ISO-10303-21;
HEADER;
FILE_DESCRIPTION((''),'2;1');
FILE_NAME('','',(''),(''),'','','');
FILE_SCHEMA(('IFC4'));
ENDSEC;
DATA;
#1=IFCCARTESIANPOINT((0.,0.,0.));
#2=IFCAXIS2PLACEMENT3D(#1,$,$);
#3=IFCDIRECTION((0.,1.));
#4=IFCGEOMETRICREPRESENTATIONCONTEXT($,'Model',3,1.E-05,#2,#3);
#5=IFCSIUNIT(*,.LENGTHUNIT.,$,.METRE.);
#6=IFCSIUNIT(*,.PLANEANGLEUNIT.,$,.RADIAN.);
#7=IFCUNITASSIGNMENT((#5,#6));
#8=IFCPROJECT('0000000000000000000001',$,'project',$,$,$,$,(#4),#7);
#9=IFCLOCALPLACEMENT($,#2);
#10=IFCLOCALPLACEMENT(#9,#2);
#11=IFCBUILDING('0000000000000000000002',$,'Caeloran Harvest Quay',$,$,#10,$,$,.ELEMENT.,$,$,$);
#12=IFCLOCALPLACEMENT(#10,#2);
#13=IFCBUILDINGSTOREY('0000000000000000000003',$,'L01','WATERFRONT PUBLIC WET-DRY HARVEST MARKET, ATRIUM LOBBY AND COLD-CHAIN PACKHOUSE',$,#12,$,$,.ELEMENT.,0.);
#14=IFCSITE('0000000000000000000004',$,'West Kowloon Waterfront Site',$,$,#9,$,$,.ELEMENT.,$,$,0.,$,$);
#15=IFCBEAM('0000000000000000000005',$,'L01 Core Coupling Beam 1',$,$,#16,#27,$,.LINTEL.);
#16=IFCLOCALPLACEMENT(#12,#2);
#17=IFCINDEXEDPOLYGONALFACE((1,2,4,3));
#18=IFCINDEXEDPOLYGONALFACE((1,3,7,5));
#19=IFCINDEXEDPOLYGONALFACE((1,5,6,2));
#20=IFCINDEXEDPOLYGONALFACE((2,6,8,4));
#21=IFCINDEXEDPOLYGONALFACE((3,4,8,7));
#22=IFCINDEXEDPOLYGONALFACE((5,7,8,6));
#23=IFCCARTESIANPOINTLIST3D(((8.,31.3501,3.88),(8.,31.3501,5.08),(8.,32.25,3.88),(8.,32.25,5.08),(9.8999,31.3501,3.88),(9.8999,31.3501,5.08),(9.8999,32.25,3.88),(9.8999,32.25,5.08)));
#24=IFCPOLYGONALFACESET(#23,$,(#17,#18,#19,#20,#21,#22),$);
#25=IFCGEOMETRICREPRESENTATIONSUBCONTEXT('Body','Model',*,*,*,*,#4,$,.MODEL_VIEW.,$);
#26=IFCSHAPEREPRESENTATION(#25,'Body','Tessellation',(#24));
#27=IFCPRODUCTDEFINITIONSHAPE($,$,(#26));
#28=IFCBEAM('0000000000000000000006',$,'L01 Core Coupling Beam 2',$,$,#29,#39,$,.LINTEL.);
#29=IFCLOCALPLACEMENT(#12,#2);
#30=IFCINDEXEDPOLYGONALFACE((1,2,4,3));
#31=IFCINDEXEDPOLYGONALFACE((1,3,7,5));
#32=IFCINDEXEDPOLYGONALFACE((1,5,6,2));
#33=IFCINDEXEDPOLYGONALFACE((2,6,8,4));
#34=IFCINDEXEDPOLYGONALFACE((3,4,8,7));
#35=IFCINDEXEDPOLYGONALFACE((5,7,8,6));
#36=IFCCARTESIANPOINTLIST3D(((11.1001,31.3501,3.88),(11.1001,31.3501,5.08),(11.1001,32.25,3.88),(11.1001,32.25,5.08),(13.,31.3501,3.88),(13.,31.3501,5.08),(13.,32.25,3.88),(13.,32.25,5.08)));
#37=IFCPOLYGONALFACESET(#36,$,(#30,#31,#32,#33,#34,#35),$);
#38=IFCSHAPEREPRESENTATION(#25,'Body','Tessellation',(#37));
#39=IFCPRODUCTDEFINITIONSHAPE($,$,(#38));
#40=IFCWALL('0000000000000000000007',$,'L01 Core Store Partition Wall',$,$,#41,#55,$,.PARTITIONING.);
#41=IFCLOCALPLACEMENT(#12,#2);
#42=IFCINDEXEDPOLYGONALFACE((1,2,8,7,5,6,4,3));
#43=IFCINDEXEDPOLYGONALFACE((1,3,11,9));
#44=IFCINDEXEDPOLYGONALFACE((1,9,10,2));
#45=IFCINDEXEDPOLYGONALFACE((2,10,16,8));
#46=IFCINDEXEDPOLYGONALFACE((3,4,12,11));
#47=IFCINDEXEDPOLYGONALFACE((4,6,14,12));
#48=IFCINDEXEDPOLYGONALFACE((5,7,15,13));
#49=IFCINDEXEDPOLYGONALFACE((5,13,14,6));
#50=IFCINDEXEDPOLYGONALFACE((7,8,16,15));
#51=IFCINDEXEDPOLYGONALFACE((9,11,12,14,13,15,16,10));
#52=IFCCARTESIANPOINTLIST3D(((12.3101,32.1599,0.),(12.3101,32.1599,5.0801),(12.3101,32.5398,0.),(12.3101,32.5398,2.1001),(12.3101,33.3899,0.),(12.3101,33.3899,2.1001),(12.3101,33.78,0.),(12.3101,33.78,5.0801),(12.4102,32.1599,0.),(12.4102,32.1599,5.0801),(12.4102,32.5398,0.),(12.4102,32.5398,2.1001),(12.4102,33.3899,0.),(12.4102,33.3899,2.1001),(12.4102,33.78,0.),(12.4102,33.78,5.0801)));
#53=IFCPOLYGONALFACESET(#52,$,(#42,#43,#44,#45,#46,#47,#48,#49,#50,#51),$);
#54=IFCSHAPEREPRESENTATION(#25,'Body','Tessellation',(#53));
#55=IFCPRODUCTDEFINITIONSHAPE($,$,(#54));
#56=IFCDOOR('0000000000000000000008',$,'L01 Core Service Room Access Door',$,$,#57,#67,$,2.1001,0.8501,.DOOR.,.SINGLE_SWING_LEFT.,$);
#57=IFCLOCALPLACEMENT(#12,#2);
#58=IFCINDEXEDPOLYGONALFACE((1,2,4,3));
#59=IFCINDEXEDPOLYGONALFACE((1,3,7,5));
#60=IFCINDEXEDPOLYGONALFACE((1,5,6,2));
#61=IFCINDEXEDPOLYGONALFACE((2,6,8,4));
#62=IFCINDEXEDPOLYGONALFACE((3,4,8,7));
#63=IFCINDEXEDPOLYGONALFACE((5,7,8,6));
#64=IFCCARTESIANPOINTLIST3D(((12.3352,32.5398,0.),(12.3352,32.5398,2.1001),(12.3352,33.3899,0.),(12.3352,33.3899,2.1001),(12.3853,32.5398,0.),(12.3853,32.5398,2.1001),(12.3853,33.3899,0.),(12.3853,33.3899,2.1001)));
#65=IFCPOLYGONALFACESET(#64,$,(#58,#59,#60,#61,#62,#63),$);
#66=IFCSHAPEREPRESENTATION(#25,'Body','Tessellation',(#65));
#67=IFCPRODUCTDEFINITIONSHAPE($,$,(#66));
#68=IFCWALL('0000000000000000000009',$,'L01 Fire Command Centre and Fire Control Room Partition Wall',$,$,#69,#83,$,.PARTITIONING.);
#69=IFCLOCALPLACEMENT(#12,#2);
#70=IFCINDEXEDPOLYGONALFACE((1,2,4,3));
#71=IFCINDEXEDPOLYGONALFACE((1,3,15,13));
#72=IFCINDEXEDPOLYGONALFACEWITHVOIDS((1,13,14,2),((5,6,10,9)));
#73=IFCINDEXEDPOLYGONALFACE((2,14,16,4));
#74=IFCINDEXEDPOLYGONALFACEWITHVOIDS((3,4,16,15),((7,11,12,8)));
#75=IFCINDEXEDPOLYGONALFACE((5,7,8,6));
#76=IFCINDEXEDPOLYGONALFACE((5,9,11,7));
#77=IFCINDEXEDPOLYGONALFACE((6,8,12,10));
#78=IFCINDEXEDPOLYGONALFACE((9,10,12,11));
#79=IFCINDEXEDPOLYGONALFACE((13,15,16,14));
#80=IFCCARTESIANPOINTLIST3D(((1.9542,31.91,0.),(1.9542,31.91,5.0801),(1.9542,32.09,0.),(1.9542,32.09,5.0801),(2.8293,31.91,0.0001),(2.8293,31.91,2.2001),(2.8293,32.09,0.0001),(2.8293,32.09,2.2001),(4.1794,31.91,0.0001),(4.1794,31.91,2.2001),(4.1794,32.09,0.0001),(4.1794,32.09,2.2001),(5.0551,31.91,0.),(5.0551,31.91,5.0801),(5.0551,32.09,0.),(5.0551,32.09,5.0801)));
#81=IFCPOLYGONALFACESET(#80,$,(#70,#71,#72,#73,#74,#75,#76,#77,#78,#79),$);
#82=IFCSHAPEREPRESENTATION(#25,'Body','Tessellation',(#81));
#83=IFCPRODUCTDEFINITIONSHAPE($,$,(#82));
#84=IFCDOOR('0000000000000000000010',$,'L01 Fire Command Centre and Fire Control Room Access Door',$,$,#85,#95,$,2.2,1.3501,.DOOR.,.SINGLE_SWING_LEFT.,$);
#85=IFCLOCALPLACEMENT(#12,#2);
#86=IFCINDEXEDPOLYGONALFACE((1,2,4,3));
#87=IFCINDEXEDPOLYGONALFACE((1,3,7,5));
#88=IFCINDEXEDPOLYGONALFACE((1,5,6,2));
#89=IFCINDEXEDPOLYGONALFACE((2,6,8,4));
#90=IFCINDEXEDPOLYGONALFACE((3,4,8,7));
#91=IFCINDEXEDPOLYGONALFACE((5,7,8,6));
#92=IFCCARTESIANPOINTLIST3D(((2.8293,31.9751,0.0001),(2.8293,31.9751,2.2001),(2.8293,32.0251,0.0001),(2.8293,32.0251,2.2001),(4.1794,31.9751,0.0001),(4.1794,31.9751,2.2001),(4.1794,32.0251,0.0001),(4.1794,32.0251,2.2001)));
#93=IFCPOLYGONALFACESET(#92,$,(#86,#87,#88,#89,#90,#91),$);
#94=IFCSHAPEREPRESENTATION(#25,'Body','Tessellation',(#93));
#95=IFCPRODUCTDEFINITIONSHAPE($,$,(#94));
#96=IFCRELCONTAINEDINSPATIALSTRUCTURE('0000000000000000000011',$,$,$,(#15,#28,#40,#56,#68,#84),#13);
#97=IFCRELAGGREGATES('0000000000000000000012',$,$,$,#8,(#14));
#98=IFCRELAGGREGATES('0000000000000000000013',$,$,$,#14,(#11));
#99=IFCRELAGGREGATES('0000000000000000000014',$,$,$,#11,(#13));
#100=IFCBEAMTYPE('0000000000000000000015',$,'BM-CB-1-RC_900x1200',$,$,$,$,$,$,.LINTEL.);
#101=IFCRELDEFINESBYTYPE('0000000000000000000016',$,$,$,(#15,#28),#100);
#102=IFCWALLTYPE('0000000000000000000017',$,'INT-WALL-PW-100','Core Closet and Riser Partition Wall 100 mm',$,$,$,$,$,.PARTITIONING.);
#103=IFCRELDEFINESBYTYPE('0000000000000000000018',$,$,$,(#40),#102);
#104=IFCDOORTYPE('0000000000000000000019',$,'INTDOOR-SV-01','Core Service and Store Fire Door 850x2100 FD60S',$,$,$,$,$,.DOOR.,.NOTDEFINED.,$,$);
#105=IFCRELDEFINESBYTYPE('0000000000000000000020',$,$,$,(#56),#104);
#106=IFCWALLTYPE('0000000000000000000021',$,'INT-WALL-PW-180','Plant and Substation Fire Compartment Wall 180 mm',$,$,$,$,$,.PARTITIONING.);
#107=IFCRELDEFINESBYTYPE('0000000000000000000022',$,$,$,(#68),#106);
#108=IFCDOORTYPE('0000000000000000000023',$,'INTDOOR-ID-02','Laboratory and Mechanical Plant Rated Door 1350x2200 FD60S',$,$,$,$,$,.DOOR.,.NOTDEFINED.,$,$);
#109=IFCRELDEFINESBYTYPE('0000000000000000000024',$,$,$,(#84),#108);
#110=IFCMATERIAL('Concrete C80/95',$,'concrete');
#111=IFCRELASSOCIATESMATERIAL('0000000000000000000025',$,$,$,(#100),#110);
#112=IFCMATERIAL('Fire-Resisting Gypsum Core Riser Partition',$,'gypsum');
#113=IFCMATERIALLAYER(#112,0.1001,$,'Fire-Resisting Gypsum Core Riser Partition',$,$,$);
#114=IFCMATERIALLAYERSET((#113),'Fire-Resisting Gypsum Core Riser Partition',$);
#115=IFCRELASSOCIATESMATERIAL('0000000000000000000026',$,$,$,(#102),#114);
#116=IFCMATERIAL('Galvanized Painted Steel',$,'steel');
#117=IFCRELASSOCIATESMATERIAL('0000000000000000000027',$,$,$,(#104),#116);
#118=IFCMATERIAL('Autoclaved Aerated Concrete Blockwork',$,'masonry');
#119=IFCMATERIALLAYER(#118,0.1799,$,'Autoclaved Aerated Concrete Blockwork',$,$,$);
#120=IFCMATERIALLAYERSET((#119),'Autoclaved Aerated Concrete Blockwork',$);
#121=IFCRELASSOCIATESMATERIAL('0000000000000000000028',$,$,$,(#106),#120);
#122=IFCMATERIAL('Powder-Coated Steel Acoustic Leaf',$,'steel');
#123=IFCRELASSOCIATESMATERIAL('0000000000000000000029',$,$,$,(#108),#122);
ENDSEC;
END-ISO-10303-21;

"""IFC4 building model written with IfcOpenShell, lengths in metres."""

from ifc_helpers import new_model, si_unit, direction, frame, frame_2d, origin, origin_2d, place, context, subcontext, project, spatial, rectangle, extrude, material, layer, layer_set, material_profile, profile_set, type_object, element, fill, save


model = new_model("IFC4")

# Units and contexts
model_context = context("Model", 3, precision=1e-05, world=origin(), true_north=direction((0.0, 1.0)))
body_context = subcontext(model_context, "Body", "Model", "MODEL_VIEW")
ifc_project = project(units=[si_unit("LENGTHUNIT", "METRE"), si_unit("PLANEANGLEUNIT", "RADIAN")], contexts=[model_context])

# Site, building, storey
site_placement = place(None, origin())
site = spatial("IfcSite", under=ifc_project, at=site_placement, Name="West Kowloon Waterfront Site", CompositionType="ELEMENT", RefElevation=0.0)
building_placement = place(site_placement, origin())
building = spatial("IfcBuilding", under=site, at=building_placement, Name="Caeloran Harvest Quay", CompositionType="ELEMENT")
storey_placement = place(building_placement, origin())
storey = spatial("IfcBuildingStorey", under=building, at=storey_placement, Name="L01", Description="WATERFRONT PUBLIC WET-DRY HARVEST MARKET, ATRIUM LOBBY AND COLD-CHAIN PACKHOUSE", CompositionType="ELEMENT", Elevation=0.0)

# Beams
ifc_material_1 = material(Name="Concrete C80/95", Category="concrete")
ifc_material_profile = material_profile(ifc_material_1, rectangle(XDim=0.8999, YDim=1.2, at=origin_2d()), Name="RC 900x1200")
ifc_profile_set = profile_set([ifc_material_profile], Name="Concrete C80/95")
beam_type = type_object("IfcBeamType", Name="BM-CB-1-RC_900x1200", PredefinedType="LINTEL", material=ifc_profile_set)
for number, where, z_axis, x_axis, name in (
    (1, (8.0, 31.8, 4.48), (1.0, 0.0, 0.0), (0.0, 1.0, 0.0), "L01 Core Coupling Beam 1"),
    (2, (11.1001, 31.8, 4.48), (1.0, 0.0, 0.0), (0.0, 1.0, 0.0), "L01 Core Coupling Beam 2"),
):
    element("IfcBeam", number, at=place(storey_placement, frame(where, z_axis=z_axis, x_axis=x_axis)), inside=storey, type_object=beam_type, Name=name, PredefinedType="LINTEL", context=body_context, shape_type="SweptSolid", body=[
        extrude(rectangle(XDim=0.8999, YDim=1.2, at=origin_2d()), origin(), (0.0, 0.0, 1.0), 1.8999),
    ])

# Walls, openings, doors
ifc_material_2 = material(Name="Fire-Resisting Gypsum Core Riser Partition", Category="gypsum")
ifc_layer_1 = layer(ifc_material_2, 0.1001, Name="Fire-Resisting Gypsum Core Riser Partition")
ifc_layer_set_1 = layer_set([ifc_layer_1], Name="Fire-Resisting Gypsum Core Riser Partition")
wall_type_1 = type_object("IfcWallType", Name="INT-WALL-PW-100", Description="Core Closet and Riser Partition Wall 100 mm", PredefinedType="PARTITIONING", material=ifc_layer_set_1)
wall_1_placement = place(storey_placement, frame((12.3601, 32.1599, 0.0), z_axis=(0.0, 0.0, 1.0), x_axis=(0.0, 1.0, 0.0)))
wall_1 = element("IfcWall", 3, at=wall_1_placement, inside=storey, type_object=wall_type_1, Name="L01 Core Store Partition Wall", PredefinedType="PARTITIONING", context=body_context, shape_type="SweptSolid", body=[
    extrude(rectangle(XDim=1.6201, YDim=0.1001, at=frame_2d((0.8101, 0.0))), origin(), (0.0, 0.0, 1.0), 5.0801),
])
opening_1_placement = place(wall_1_placement, frame((0.3799, 0.0, 0.0)))
opening_1 = element("IfcOpeningElement", 4, at=opening_1_placement, cuts=wall_1, PredefinedType="OPENING", context=body_context, shape_type="SweptSolid", body=[
    extrude(rectangle(XDim=0.8501, YDim=2.1001, at=frame_2d((0.425, 1.05))), frame((0.0, 0.0601, 0.0), z_axis=(0.0, -1.0, 0.0), x_axis=(1.0, 0.0, 0.0)), (0.0, 0.0, 1.0), 0.1201),
])
ifc_material_3 = material(Name="Galvanized Painted Steel", Category="steel")
door_type_1 = type_object("IfcDoorType", Name="INTDOOR-SV-01", Description="Core Service and Store Fire Door 850x2100 FD60S", OperationType="NOTDEFINED", PredefinedType="DOOR", material=ifc_material_3)
door_1_placement = place(opening_1_placement, origin())
door_1 = element("IfcDoor", 5, at=door_1_placement, inside=storey, type_object=door_type_1, Name="L01 Core Service Room Access Door", OperationType="SINGLE_SWING_LEFT", OverallHeight=2.1001, OverallWidth=0.8501, PredefinedType="DOOR", context=body_context, shape_type="SweptSolid", body=[
    extrude(rectangle(XDim=0.8501, YDim=2.1001, at=frame_2d((0.425, 1.05))), frame((0.0, 0.0249, 0.0), z_axis=(0.0, -1.0, 0.0), x_axis=(1.0, 0.0, 0.0)), (0.0, 0.0, 1.0), 0.05),
])
fill(opening_1, door_1)
ifc_material_4 = material(Name="Autoclaved Aerated Concrete Blockwork", Category="masonry")
ifc_layer_2 = layer(ifc_material_4, 0.1799, Name="Autoclaved Aerated Concrete Blockwork")
ifc_layer_set_2 = layer_set([ifc_layer_2], Name="Autoclaved Aerated Concrete Blockwork")
wall_type_2 = type_object("IfcWallType", Name="INT-WALL-PW-180", Description="Plant and Substation Fire Compartment Wall 180 mm", PredefinedType="PARTITIONING", material=ifc_layer_set_2)
wall_2_placement = place(storey_placement, frame((5.0549, 32.0, 0.0), z_axis=(0.0, 0.0, 1.0), x_axis=(-1.0, 0.0, 0.0)))
wall_2 = element("IfcWall", 6, at=wall_2_placement, inside=storey, type_object=wall_type_2, Name="L01 Fire Command Centre and Fire Control Room Partition Wall", PredefinedType="PARTITIONING", context=body_context, shape_type="SweptSolid", body=[
    extrude(rectangle(XDim=3.1008, YDim=0.1799, at=frame_2d((1.5503, 0.0))), origin(), (0.0, 0.0, 1.0), 5.0801),
])
opening_2_placement = place(wall_2_placement, frame((0.8755, 0.0, 0.0)))
opening_2 = element("IfcOpeningElement", 7, at=opening_2_placement, cuts=wall_2, PredefinedType="OPENING", context=body_context, shape_type="SweptSolid", body=[
    extrude(rectangle(XDim=1.3501, YDim=2.2, at=frame_2d((0.675, 1.1001))), frame((0.0, 0.1001, 0.0), z_axis=(0.0, -1.0, 0.0), x_axis=(1.0, 0.0, 0.0)), (0.0, 0.0, 1.0), 0.2),
])
ifc_material_5 = material(Name="Powder-Coated Steel Acoustic Leaf", Category="steel")
door_type_2 = type_object("IfcDoorType", Name="INTDOOR-ID-02", Description="Laboratory and Mechanical Plant Rated Door 1350x2200 FD60S", OperationType="NOTDEFINED", PredefinedType="DOOR", material=ifc_material_5)
door_2_placement = place(opening_2_placement, origin())
door_2 = element("IfcDoor", 8, at=door_2_placement, inside=storey, type_object=door_type_2, Name="L01 Fire Command Centre and Fire Control Room Access Door", OperationType="SINGLE_SWING_LEFT", OverallHeight=2.2, OverallWidth=1.3501, PredefinedType="DOOR", context=body_context, shape_type="SweptSolid", body=[
    extrude(rectangle(XDim=1.3501, YDim=2.2, at=frame_2d((0.675, 1.1001))), frame((0.0, 0.0249, 0.0), z_axis=(0.0, -1.0, 0.0), x_axis=(1.0, 0.0, 0.0)), (0.0, 0.0, 1.0), 0.05),
])
fill(opening_2, door_2)

save(model, "model.ifc")
